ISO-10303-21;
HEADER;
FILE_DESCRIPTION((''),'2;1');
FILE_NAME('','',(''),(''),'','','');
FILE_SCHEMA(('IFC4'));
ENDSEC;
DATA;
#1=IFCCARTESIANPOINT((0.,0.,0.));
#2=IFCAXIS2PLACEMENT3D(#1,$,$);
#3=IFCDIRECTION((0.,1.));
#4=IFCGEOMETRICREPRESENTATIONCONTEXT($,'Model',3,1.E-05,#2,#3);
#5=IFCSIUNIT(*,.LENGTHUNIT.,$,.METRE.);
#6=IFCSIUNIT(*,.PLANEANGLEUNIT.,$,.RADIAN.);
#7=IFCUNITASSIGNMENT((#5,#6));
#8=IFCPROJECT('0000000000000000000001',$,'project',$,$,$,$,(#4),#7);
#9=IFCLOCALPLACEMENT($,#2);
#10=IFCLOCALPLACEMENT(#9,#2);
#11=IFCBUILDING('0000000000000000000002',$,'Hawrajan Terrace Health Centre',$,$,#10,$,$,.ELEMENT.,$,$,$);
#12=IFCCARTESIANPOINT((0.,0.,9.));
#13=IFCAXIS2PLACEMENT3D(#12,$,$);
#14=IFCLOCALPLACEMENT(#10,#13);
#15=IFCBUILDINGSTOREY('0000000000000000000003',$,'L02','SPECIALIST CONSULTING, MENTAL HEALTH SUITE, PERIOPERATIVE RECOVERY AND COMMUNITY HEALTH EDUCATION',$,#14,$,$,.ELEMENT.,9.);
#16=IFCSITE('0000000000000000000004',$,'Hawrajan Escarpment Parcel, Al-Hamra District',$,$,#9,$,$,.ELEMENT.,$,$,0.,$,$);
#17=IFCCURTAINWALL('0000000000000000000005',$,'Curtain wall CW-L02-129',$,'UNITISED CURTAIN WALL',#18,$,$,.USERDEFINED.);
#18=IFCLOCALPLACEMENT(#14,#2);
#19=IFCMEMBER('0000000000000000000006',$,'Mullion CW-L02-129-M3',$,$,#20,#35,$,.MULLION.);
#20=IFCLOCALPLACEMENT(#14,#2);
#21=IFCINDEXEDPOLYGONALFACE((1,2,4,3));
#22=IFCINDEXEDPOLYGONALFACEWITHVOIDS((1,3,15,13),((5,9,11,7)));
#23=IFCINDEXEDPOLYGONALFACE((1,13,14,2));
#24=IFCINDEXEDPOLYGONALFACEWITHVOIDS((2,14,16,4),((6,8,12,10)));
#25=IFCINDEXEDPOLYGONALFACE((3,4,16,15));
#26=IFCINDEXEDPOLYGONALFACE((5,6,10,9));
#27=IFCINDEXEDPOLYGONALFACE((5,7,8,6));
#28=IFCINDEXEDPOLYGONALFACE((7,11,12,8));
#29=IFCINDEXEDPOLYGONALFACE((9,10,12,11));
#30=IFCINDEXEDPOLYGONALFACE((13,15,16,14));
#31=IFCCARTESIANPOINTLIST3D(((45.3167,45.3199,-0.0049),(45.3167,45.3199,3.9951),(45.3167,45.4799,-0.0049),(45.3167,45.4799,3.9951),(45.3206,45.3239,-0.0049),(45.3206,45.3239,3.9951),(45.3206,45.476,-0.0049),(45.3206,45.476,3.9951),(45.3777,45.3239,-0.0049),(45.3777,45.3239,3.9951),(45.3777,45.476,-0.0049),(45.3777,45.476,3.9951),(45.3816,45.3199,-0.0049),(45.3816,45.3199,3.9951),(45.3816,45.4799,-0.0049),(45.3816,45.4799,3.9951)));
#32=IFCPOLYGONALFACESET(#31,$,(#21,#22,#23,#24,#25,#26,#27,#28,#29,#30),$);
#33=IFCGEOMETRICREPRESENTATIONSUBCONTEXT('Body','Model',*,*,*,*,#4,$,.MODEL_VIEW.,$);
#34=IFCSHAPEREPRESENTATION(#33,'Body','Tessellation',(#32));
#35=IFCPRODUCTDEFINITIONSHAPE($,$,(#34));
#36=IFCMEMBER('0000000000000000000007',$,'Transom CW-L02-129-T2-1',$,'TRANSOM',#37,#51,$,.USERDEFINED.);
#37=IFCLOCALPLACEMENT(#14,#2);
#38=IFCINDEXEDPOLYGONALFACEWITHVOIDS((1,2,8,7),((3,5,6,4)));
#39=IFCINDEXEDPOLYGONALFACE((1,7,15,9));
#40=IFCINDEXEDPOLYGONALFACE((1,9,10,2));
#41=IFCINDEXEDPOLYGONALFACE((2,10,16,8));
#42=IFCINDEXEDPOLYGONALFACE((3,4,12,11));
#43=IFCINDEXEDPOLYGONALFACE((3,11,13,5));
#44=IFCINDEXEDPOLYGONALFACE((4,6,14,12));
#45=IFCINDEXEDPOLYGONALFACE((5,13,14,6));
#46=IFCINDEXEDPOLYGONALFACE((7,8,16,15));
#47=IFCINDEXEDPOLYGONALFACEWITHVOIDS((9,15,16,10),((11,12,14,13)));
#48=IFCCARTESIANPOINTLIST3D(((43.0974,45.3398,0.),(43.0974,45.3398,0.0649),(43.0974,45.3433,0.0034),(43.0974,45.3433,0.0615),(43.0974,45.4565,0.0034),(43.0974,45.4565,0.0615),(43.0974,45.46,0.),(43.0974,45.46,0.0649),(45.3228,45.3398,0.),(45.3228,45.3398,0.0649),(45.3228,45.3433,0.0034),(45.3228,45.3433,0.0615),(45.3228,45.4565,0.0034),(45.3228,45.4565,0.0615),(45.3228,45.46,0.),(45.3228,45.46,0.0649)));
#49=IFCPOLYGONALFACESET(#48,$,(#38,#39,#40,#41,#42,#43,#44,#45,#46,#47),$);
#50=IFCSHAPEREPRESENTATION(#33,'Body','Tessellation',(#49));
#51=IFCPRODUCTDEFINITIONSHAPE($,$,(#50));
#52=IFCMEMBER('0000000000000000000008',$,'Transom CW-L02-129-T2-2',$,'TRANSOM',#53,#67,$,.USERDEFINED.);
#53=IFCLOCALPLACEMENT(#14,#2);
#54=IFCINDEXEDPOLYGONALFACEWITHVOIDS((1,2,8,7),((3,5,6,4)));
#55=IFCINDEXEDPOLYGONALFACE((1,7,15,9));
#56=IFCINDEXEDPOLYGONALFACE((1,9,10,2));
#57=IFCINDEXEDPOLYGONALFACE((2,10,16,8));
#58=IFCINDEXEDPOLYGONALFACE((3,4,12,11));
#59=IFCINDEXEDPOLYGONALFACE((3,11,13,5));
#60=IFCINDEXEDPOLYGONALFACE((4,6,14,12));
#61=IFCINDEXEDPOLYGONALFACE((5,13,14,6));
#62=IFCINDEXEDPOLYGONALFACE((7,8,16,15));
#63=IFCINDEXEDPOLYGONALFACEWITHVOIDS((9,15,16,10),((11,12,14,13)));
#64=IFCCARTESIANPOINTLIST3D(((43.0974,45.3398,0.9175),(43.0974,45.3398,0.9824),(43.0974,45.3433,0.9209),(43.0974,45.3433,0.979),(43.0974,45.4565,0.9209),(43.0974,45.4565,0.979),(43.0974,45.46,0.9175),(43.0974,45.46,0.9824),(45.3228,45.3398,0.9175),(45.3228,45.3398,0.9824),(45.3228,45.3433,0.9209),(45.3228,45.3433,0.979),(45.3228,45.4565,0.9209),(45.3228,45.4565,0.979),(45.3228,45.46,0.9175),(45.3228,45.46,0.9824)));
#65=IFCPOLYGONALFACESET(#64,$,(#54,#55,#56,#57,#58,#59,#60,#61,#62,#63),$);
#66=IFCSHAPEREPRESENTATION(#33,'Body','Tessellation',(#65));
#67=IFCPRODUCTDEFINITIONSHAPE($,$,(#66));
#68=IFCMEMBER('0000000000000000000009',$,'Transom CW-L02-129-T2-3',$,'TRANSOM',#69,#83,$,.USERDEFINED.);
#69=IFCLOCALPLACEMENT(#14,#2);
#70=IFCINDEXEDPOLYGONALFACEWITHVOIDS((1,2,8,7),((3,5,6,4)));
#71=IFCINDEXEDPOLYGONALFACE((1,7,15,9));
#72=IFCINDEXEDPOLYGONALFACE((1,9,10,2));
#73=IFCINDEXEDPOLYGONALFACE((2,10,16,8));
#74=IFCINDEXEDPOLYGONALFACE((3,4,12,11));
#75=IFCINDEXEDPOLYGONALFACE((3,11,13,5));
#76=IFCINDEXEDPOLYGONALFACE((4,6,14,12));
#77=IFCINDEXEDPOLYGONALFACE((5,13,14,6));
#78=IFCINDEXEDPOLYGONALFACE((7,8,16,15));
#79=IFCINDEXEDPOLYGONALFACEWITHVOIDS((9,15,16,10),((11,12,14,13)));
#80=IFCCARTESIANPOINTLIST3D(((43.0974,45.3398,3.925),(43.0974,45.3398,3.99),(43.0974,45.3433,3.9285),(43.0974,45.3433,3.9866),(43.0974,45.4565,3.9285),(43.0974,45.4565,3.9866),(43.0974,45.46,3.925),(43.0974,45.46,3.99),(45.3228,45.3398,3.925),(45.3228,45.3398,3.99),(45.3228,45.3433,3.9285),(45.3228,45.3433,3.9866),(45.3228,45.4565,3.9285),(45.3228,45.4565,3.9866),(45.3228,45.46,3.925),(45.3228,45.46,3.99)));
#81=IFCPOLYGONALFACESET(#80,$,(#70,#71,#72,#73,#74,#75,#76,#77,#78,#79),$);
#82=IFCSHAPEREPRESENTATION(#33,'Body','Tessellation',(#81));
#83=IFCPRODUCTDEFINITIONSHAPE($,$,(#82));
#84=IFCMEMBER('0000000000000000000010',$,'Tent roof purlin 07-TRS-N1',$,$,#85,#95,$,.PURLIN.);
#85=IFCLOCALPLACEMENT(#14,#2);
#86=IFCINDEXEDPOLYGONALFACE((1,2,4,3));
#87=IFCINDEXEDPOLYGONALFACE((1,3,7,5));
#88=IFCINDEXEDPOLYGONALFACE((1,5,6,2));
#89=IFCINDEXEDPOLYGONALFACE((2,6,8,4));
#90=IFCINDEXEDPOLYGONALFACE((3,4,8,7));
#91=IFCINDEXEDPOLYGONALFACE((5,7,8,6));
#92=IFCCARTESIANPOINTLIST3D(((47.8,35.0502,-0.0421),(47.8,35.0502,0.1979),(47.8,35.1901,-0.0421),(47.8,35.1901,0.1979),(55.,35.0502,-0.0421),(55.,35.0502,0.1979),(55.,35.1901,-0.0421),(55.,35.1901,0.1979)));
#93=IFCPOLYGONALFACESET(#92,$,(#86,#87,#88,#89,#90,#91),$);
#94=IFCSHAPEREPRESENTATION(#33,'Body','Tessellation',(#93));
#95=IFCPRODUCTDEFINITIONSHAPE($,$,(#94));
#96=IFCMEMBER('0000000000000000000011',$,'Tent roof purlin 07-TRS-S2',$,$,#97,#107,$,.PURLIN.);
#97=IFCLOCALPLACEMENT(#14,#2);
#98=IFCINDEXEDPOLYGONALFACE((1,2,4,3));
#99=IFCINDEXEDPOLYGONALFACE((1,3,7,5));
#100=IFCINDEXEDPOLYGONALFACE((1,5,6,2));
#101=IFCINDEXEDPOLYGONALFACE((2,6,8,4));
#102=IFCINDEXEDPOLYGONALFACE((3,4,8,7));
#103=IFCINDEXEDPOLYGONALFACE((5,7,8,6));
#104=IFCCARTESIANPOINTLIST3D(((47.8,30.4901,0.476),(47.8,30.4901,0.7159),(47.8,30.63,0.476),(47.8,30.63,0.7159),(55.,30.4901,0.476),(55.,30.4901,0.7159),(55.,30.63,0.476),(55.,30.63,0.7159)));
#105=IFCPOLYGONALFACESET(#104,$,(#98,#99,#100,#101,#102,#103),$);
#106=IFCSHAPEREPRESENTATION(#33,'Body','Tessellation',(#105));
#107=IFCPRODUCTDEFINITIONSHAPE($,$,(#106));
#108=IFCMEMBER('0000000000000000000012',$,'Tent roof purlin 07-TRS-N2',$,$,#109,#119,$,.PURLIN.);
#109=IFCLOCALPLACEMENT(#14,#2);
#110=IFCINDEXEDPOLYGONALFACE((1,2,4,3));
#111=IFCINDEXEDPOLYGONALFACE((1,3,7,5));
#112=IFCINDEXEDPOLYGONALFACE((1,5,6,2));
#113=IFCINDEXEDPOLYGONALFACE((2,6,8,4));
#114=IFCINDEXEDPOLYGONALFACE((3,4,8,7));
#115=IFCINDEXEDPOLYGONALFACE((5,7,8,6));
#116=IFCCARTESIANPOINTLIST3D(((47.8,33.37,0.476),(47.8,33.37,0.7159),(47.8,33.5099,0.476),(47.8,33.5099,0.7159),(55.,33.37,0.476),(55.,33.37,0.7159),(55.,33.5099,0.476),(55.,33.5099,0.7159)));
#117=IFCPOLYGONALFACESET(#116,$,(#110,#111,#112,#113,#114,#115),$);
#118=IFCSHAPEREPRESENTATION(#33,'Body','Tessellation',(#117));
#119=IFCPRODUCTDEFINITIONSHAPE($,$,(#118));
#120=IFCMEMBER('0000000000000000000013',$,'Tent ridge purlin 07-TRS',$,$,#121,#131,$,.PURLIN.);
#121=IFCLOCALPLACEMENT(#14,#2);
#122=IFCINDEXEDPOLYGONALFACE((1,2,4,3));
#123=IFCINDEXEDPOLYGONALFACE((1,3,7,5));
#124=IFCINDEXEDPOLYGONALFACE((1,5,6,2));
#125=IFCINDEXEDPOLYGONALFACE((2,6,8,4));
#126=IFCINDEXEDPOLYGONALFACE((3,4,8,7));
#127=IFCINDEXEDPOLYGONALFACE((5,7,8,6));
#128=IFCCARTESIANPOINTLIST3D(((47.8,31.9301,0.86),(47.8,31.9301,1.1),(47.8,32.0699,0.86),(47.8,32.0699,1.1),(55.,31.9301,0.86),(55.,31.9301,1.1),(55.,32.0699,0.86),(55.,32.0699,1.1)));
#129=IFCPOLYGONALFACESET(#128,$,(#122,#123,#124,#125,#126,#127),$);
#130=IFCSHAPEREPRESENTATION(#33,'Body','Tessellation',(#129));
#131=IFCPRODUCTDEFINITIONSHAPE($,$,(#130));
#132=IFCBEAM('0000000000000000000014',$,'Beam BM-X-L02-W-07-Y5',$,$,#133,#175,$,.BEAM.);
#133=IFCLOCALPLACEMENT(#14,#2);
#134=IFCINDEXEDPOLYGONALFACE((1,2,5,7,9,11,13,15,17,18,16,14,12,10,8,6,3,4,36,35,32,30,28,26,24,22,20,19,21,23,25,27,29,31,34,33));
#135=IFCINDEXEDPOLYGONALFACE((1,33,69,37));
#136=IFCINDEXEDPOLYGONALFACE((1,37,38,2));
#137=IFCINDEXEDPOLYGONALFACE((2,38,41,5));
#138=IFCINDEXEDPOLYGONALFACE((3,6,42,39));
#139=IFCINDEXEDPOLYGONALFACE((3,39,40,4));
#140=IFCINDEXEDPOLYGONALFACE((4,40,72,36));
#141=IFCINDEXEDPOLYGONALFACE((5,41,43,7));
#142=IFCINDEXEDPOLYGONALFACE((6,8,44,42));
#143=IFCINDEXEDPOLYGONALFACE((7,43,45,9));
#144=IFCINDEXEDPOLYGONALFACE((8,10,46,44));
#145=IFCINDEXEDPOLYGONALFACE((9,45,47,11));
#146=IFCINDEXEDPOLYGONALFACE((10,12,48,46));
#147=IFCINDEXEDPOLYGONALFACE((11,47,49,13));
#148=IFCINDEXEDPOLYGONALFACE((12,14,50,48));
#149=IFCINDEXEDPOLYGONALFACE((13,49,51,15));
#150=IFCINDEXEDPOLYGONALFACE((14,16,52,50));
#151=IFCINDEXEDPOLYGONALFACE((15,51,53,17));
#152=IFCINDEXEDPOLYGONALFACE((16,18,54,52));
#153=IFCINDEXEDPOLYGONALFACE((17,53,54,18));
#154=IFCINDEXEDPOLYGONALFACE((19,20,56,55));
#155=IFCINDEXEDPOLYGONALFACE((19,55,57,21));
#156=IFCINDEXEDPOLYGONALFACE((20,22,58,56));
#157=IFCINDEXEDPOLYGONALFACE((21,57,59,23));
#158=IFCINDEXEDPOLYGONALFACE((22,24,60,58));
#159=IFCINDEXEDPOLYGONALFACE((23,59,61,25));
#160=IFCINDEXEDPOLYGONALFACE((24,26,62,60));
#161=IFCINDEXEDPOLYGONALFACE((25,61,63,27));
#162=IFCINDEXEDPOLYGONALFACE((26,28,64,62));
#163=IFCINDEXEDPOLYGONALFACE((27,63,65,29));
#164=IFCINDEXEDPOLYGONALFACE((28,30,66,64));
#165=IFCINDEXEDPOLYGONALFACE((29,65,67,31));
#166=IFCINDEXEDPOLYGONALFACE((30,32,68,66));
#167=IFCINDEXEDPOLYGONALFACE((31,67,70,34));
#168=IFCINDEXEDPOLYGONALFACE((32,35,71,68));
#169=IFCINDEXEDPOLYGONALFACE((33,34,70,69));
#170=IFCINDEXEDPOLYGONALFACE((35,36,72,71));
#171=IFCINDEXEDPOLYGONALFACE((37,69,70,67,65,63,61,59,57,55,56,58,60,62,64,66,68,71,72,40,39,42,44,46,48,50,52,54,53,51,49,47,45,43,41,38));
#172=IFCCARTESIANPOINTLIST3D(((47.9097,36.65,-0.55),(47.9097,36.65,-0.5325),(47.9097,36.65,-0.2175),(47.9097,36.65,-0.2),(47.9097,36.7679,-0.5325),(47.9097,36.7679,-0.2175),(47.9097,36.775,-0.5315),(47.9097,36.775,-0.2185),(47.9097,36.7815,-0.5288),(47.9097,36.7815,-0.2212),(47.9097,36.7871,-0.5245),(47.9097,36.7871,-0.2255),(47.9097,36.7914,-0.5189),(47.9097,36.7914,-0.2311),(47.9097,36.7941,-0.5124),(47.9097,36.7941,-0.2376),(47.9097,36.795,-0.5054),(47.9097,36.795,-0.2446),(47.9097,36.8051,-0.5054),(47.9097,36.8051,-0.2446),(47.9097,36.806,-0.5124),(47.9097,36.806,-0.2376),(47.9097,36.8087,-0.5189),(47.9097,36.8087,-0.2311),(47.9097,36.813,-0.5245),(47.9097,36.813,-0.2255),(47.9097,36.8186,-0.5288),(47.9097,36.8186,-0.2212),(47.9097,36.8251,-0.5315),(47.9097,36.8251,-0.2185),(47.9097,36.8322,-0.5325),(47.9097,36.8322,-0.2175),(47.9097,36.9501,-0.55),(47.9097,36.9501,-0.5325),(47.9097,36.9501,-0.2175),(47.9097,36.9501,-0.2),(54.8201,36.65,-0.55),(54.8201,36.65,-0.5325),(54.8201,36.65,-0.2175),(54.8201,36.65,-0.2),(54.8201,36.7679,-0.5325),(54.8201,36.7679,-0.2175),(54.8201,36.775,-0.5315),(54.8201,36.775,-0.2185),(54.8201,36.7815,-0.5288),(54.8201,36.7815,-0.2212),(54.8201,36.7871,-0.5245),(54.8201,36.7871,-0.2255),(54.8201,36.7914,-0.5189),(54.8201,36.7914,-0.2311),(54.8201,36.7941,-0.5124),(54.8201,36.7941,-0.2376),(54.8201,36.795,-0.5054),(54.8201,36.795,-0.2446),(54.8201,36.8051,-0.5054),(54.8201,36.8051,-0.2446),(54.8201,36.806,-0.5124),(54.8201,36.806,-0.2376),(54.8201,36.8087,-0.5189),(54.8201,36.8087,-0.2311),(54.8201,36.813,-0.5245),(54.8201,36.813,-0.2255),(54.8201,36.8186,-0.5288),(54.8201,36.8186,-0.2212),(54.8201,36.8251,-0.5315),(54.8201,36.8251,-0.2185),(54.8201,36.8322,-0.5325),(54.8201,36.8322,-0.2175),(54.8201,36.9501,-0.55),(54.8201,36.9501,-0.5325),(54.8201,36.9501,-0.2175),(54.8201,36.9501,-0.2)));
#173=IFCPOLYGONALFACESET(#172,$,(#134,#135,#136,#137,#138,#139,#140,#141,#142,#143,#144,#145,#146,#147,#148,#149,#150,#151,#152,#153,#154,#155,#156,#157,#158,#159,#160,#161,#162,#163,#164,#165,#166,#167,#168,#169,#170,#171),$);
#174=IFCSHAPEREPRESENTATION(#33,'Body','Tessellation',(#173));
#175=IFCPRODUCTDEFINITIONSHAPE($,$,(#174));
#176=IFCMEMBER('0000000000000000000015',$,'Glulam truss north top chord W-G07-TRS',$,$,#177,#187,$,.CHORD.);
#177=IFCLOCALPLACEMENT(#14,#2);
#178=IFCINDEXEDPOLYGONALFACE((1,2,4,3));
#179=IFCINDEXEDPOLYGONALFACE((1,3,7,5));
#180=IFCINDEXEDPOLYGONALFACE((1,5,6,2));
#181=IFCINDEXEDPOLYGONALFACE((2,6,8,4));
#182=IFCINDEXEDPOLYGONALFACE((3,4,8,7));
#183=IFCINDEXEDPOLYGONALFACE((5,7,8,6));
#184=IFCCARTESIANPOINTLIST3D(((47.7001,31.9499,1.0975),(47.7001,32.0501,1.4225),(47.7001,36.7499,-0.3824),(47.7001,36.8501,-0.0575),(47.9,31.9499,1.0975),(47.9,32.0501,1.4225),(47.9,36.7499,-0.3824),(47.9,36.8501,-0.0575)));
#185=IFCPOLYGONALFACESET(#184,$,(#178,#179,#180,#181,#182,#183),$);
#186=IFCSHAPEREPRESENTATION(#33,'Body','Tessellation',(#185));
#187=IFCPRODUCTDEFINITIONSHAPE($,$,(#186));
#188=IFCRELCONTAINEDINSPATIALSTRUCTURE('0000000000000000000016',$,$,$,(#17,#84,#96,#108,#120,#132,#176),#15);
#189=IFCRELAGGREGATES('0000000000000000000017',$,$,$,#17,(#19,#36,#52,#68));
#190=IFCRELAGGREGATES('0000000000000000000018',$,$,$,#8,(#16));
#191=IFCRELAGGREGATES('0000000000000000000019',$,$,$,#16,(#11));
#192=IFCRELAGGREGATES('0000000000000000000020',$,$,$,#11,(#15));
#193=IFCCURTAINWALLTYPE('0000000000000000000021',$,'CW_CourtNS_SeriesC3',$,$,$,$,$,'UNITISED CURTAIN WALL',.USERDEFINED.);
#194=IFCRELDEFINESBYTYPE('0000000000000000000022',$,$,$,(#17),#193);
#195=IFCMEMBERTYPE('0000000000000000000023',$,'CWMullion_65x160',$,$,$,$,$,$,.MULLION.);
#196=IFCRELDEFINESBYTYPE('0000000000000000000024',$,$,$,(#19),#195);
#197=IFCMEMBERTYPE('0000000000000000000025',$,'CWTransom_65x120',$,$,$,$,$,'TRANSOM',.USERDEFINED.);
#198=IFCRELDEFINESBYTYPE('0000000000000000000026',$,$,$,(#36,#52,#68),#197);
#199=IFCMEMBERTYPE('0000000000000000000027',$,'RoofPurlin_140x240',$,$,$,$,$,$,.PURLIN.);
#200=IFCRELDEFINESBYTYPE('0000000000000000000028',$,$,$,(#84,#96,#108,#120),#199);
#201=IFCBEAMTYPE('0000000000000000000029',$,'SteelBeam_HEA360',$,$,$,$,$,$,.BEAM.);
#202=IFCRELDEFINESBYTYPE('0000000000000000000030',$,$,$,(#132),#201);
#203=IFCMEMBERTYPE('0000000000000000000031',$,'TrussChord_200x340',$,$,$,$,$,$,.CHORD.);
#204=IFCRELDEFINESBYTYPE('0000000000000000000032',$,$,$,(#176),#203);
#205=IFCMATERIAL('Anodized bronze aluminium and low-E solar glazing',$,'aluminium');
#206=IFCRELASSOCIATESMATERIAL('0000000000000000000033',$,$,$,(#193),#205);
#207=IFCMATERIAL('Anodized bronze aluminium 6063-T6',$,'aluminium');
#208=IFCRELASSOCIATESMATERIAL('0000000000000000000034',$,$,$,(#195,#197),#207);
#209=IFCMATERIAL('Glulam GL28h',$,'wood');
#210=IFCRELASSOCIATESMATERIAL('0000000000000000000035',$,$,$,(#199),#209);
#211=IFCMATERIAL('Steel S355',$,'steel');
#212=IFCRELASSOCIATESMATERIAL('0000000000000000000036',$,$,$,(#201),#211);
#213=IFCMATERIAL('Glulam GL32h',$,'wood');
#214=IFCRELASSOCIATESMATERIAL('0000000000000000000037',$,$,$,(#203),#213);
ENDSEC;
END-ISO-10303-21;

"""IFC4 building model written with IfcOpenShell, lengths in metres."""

from ifc_helpers import new_model, si_unit, direction, frame, origin, origin_2d, place, context, subcontext, project, spatial, rectangle, hollow_rectangle, i_section, extrude, material, material_profile, profile_set, type_object, element, aggregate, save


model = new_model("IFC4")

# Units and contexts
model_context = context("Model", 3, precision=1e-05, world=origin(), true_north=direction((0.0, 1.0)))
body_context = subcontext(model_context, "Body", "Model", "MODEL_VIEW")
ifc_project = project(units=[si_unit("LENGTHUNIT", "METRE"), si_unit("PLANEANGLEUNIT", "RADIAN")], contexts=[model_context])

# Site, building, storey
site_placement = place(None, origin())
site = spatial("IfcSite", under=ifc_project, at=site_placement, Name="Hawrajan Escarpment Parcel, Al-Hamra District", CompositionType="ELEMENT", RefElevation=0.0)
building_placement = place(site_placement, origin())
building = spatial("IfcBuilding", under=site, at=building_placement, Name="Hawrajan Terrace Health Centre", CompositionType="ELEMENT")
storey_placement = place(building_placement, frame((0.0, 0.0, 9.0)))
storey = spatial("IfcBuildingStorey", under=building, at=storey_placement, Name="L02", Description="SPECIALIST CONSULTING, MENTAL HEALTH SUITE, PERIOPERATIVE RECOVERY AND COMMUNITY HEALTH EDUCATION", CompositionType="ELEMENT", Elevation=9.0)

# Curtain wall, members
ifc_material_1 = material(Name="Anodized bronze aluminium and low-E solar glazing", Category="aluminium")
curtain_wall_type = type_object("IfcCurtainWallType", Name="CW_CourtNS_SeriesC3", ElementType="UNITISED CURTAIN WALL", PredefinedType="USERDEFINED", material=ifc_material_1)
curtain_wall_placement = place(storey_placement, origin())
curtain_wall = element("IfcCurtainWall", 1, at=curtain_wall_placement, inside=storey, type_object=curtain_wall_type, Name="Curtain wall CW-L02-129", ObjectType="UNITISED CURTAIN WALL", PredefinedType="USERDEFINED")
ifc_material_2 = material(Name="Anodized bronze aluminium 6063-T6", Category="aluminium")
ifc_material_profile_1 = material_profile(ifc_material_2, hollow_rectangle(XDim=0.0649, YDim=0.1599, WallThickness=0.0039, at=origin_2d()), Name="CW MUL 65x160")
ifc_profile_set_1 = profile_set([ifc_material_profile_1], Name="Anodized bronze aluminium 6063-T6")
member_type_1 = type_object("IfcMemberType", Name="CWMullion_65x160", PredefinedType="MULLION", material=ifc_profile_set_1)
member_1_placement = place(storey_placement, frame((45.3491, 45.3999, -0.0049), z_axis=(0.0, 0.0, 1.0), x_axis=(1.0, 0.0, 0.0)))
member_1 = element("IfcMember", 2, at=member_1_placement, type_object=member_type_1, Name="Mullion CW-L02-129-M3", PredefinedType="MULLION", context=body_context, shape_type="SweptSolid", body=[
    extrude(hollow_rectangle(XDim=0.0649, YDim=0.1599, WallThickness=0.0039, at=origin_2d()), origin(), (0.0, 0.0, 1.0), 4.0),
])
ifc_material_profile_2 = material_profile(ifc_material_2, hollow_rectangle(XDim=0.0649, YDim=0.1201, WallThickness=0.0034, at=origin_2d()), Name="CW TRN 65x120")
ifc_profile_set_2 = profile_set([ifc_material_profile_2], Name="Anodized bronze aluminium 6063-T6")
member_type_2 = type_object("IfcMemberType", Name="CWTransom_65x120", ElementType="TRANSOM", PredefinedType="USERDEFINED", material=ifc_profile_set_2)
member_2_placement = place(storey_placement, frame((43.0974, 45.3999, 0.0325), z_axis=(1.0, 0.0, 0.0), x_axis=(0.0, 0.0, 1.0)))
member_2 = element("IfcMember", 3, at=member_2_placement, type_object=member_type_2, Name="Transom CW-L02-129-T2-1", ObjectType="TRANSOM", PredefinedType="USERDEFINED", context=body_context, shape_type="SweptSolid", body=[
    extrude(hollow_rectangle(XDim=0.0649, YDim=0.1201, WallThickness=0.0034, at=origin_2d()), origin(), (0.0, 0.0, 1.0), 2.2253),
])
member_3_placement = place(storey_placement, frame((43.0974, 45.3999, 0.95), z_axis=(1.0, 0.0, 0.0), x_axis=(0.0, 0.0, 1.0)))
member_3 = element("IfcMember", 4, at=member_3_placement, type_object=member_type_2, Name="Transom CW-L02-129-T2-2", ObjectType="TRANSOM", PredefinedType="USERDEFINED", context=body_context, shape_type="SweptSolid", body=[
    extrude(hollow_rectangle(XDim=0.0649, YDim=0.1201, WallThickness=0.0034, at=origin_2d()), origin(), (0.0, 0.0, 1.0), 2.2253),
])
member_4_placement = place(storey_placement, frame((43.0974, 45.3999, 3.9575), z_axis=(1.0, 0.0, 0.0), x_axis=(0.0, 0.0, 1.0)))
member_4 = element("IfcMember", 5, at=member_4_placement, type_object=member_type_2, Name="Transom CW-L02-129-T2-3", ObjectType="TRANSOM", PredefinedType="USERDEFINED", context=body_context, shape_type="SweptSolid", body=[
    extrude(hollow_rectangle(XDim=0.0649, YDim=0.1201, WallThickness=0.0034, at=origin_2d()), origin(), (0.0, 0.0, 1.0), 2.2253),
])

# Members
ifc_material_3 = material(Name="Glulam GL28h", Category="wood")
ifc_material_profile_3 = material_profile(ifc_material_3, rectangle(XDim=0.1399, YDim=0.24, at=origin_2d()), Name="GL PUR 140x240")
ifc_profile_set_3 = profile_set([ifc_material_profile_3], Name="Glulam GL28h")
member_type_3 = type_object("IfcMemberType", Name="RoofPurlin_140x240", PredefinedType="PURLIN", material=ifc_profile_set_3)
for number, where, z_axis, x_axis, name in (
    (6, (47.8, 35.1201, 0.0779), (1.0, 0.0, 0.0), (0.0, 1.0, 0.0), "Tent roof purlin 07-TRS-N1"),
    (7, (47.8, 30.5601, 0.5959), (1.0, 0.0, 0.0), (0.0, 1.0, 0.0), "Tent roof purlin 07-TRS-S2"),
    (8, (47.8, 33.4399, 0.5959), (1.0, 0.0, 0.0), (0.0, 1.0, 0.0), "Tent roof purlin 07-TRS-N2"),
    (9, (47.8, 32.0, 0.98), (1.0, 0.0, 0.0), (0.0, 1.0, 0.0), "Tent ridge purlin 07-TRS"),
):
    element("IfcMember", number, at=place(storey_placement, frame(where, z_axis=z_axis, x_axis=x_axis)), inside=storey, type_object=member_type_3, Name=name, PredefinedType="PURLIN", context=body_context, shape_type="SweptSolid", body=[
        extrude(rectangle(XDim=0.1399, YDim=0.24, at=origin_2d()), origin(), (0.0, 0.0, 1.0), 7.2),
    ])

# Beam
ifc_material_4 = material(Name="Steel S355", Category="steel")
ifc_material_profile_4 = material_profile(ifc_material_4, i_section(OverallWidth=0.3, OverallDepth=0.3501, WebThickness=0.01, FlangeThickness=0.0176, FilletRadius=0.0271, at=origin_2d()), Name="HEA 360")
ifc_profile_set_4 = profile_set([ifc_material_profile_4], Name="Steel S355")
beam_type = type_object("IfcBeamType", Name="SteelBeam_HEA360", PredefinedType="BEAM", material=ifc_profile_set_4)
beam_placement = place(storey_placement, frame((47.9097, 36.8, -0.375), z_axis=(1.0, 0.0, 0.0), x_axis=(0.0, 1.0, 0.0)))
element("IfcBeam", 10, at=beam_placement, inside=storey, type_object=beam_type, Name="Beam BM-X-L02-W-07-Y5", PredefinedType="BEAM", context=body_context, shape_type="SweptSolid", body=[
    extrude(i_section(OverallWidth=0.3, OverallDepth=0.3501, WebThickness=0.01, FlangeThickness=0.0176, FilletRadius=0.0271, at=origin_2d()), origin(), (0.0, 0.0, 1.0), 6.9104),
])

# Member
ifc_material_5 = material(Name="Glulam GL32h", Category="wood")
ifc_material_profile_5 = material_profile(ifc_material_5, rectangle(XDim=0.2, YDim=0.3401, at=origin_2d()), Name="GL CHD 200x340")
ifc_profile_set_5 = profile_set([ifc_material_profile_5], Name="Glulam GL32h")
member_type_4 = type_object("IfcMemberType", Name="TrussChord_200x340", PredefinedType="CHORD", material=ifc_profile_set_5)
member_5_placement = place(storey_placement, frame((47.8, 32.0, 1.26), z_axis=(0.0, 0.955609, -0.294639), x_axis=(-1.0, 0.0, 0.0)))
element("IfcMember", 11, at=member_5_placement, inside=storey, type_object=member_type_4, Name="Glulam truss north top chord W-G07-TRS", PredefinedType="CHORD", context=body_context, shape_type="SweptSolid", body=[
    extrude(rectangle(XDim=0.2, YDim=0.3401, at=origin_2d()), origin(), (0.0, 0.0, 1.0), 5.0229),
])

aggregate(curtain_wall, [member_1, member_2, member_3, member_4])

save(model, "model.ifc")
